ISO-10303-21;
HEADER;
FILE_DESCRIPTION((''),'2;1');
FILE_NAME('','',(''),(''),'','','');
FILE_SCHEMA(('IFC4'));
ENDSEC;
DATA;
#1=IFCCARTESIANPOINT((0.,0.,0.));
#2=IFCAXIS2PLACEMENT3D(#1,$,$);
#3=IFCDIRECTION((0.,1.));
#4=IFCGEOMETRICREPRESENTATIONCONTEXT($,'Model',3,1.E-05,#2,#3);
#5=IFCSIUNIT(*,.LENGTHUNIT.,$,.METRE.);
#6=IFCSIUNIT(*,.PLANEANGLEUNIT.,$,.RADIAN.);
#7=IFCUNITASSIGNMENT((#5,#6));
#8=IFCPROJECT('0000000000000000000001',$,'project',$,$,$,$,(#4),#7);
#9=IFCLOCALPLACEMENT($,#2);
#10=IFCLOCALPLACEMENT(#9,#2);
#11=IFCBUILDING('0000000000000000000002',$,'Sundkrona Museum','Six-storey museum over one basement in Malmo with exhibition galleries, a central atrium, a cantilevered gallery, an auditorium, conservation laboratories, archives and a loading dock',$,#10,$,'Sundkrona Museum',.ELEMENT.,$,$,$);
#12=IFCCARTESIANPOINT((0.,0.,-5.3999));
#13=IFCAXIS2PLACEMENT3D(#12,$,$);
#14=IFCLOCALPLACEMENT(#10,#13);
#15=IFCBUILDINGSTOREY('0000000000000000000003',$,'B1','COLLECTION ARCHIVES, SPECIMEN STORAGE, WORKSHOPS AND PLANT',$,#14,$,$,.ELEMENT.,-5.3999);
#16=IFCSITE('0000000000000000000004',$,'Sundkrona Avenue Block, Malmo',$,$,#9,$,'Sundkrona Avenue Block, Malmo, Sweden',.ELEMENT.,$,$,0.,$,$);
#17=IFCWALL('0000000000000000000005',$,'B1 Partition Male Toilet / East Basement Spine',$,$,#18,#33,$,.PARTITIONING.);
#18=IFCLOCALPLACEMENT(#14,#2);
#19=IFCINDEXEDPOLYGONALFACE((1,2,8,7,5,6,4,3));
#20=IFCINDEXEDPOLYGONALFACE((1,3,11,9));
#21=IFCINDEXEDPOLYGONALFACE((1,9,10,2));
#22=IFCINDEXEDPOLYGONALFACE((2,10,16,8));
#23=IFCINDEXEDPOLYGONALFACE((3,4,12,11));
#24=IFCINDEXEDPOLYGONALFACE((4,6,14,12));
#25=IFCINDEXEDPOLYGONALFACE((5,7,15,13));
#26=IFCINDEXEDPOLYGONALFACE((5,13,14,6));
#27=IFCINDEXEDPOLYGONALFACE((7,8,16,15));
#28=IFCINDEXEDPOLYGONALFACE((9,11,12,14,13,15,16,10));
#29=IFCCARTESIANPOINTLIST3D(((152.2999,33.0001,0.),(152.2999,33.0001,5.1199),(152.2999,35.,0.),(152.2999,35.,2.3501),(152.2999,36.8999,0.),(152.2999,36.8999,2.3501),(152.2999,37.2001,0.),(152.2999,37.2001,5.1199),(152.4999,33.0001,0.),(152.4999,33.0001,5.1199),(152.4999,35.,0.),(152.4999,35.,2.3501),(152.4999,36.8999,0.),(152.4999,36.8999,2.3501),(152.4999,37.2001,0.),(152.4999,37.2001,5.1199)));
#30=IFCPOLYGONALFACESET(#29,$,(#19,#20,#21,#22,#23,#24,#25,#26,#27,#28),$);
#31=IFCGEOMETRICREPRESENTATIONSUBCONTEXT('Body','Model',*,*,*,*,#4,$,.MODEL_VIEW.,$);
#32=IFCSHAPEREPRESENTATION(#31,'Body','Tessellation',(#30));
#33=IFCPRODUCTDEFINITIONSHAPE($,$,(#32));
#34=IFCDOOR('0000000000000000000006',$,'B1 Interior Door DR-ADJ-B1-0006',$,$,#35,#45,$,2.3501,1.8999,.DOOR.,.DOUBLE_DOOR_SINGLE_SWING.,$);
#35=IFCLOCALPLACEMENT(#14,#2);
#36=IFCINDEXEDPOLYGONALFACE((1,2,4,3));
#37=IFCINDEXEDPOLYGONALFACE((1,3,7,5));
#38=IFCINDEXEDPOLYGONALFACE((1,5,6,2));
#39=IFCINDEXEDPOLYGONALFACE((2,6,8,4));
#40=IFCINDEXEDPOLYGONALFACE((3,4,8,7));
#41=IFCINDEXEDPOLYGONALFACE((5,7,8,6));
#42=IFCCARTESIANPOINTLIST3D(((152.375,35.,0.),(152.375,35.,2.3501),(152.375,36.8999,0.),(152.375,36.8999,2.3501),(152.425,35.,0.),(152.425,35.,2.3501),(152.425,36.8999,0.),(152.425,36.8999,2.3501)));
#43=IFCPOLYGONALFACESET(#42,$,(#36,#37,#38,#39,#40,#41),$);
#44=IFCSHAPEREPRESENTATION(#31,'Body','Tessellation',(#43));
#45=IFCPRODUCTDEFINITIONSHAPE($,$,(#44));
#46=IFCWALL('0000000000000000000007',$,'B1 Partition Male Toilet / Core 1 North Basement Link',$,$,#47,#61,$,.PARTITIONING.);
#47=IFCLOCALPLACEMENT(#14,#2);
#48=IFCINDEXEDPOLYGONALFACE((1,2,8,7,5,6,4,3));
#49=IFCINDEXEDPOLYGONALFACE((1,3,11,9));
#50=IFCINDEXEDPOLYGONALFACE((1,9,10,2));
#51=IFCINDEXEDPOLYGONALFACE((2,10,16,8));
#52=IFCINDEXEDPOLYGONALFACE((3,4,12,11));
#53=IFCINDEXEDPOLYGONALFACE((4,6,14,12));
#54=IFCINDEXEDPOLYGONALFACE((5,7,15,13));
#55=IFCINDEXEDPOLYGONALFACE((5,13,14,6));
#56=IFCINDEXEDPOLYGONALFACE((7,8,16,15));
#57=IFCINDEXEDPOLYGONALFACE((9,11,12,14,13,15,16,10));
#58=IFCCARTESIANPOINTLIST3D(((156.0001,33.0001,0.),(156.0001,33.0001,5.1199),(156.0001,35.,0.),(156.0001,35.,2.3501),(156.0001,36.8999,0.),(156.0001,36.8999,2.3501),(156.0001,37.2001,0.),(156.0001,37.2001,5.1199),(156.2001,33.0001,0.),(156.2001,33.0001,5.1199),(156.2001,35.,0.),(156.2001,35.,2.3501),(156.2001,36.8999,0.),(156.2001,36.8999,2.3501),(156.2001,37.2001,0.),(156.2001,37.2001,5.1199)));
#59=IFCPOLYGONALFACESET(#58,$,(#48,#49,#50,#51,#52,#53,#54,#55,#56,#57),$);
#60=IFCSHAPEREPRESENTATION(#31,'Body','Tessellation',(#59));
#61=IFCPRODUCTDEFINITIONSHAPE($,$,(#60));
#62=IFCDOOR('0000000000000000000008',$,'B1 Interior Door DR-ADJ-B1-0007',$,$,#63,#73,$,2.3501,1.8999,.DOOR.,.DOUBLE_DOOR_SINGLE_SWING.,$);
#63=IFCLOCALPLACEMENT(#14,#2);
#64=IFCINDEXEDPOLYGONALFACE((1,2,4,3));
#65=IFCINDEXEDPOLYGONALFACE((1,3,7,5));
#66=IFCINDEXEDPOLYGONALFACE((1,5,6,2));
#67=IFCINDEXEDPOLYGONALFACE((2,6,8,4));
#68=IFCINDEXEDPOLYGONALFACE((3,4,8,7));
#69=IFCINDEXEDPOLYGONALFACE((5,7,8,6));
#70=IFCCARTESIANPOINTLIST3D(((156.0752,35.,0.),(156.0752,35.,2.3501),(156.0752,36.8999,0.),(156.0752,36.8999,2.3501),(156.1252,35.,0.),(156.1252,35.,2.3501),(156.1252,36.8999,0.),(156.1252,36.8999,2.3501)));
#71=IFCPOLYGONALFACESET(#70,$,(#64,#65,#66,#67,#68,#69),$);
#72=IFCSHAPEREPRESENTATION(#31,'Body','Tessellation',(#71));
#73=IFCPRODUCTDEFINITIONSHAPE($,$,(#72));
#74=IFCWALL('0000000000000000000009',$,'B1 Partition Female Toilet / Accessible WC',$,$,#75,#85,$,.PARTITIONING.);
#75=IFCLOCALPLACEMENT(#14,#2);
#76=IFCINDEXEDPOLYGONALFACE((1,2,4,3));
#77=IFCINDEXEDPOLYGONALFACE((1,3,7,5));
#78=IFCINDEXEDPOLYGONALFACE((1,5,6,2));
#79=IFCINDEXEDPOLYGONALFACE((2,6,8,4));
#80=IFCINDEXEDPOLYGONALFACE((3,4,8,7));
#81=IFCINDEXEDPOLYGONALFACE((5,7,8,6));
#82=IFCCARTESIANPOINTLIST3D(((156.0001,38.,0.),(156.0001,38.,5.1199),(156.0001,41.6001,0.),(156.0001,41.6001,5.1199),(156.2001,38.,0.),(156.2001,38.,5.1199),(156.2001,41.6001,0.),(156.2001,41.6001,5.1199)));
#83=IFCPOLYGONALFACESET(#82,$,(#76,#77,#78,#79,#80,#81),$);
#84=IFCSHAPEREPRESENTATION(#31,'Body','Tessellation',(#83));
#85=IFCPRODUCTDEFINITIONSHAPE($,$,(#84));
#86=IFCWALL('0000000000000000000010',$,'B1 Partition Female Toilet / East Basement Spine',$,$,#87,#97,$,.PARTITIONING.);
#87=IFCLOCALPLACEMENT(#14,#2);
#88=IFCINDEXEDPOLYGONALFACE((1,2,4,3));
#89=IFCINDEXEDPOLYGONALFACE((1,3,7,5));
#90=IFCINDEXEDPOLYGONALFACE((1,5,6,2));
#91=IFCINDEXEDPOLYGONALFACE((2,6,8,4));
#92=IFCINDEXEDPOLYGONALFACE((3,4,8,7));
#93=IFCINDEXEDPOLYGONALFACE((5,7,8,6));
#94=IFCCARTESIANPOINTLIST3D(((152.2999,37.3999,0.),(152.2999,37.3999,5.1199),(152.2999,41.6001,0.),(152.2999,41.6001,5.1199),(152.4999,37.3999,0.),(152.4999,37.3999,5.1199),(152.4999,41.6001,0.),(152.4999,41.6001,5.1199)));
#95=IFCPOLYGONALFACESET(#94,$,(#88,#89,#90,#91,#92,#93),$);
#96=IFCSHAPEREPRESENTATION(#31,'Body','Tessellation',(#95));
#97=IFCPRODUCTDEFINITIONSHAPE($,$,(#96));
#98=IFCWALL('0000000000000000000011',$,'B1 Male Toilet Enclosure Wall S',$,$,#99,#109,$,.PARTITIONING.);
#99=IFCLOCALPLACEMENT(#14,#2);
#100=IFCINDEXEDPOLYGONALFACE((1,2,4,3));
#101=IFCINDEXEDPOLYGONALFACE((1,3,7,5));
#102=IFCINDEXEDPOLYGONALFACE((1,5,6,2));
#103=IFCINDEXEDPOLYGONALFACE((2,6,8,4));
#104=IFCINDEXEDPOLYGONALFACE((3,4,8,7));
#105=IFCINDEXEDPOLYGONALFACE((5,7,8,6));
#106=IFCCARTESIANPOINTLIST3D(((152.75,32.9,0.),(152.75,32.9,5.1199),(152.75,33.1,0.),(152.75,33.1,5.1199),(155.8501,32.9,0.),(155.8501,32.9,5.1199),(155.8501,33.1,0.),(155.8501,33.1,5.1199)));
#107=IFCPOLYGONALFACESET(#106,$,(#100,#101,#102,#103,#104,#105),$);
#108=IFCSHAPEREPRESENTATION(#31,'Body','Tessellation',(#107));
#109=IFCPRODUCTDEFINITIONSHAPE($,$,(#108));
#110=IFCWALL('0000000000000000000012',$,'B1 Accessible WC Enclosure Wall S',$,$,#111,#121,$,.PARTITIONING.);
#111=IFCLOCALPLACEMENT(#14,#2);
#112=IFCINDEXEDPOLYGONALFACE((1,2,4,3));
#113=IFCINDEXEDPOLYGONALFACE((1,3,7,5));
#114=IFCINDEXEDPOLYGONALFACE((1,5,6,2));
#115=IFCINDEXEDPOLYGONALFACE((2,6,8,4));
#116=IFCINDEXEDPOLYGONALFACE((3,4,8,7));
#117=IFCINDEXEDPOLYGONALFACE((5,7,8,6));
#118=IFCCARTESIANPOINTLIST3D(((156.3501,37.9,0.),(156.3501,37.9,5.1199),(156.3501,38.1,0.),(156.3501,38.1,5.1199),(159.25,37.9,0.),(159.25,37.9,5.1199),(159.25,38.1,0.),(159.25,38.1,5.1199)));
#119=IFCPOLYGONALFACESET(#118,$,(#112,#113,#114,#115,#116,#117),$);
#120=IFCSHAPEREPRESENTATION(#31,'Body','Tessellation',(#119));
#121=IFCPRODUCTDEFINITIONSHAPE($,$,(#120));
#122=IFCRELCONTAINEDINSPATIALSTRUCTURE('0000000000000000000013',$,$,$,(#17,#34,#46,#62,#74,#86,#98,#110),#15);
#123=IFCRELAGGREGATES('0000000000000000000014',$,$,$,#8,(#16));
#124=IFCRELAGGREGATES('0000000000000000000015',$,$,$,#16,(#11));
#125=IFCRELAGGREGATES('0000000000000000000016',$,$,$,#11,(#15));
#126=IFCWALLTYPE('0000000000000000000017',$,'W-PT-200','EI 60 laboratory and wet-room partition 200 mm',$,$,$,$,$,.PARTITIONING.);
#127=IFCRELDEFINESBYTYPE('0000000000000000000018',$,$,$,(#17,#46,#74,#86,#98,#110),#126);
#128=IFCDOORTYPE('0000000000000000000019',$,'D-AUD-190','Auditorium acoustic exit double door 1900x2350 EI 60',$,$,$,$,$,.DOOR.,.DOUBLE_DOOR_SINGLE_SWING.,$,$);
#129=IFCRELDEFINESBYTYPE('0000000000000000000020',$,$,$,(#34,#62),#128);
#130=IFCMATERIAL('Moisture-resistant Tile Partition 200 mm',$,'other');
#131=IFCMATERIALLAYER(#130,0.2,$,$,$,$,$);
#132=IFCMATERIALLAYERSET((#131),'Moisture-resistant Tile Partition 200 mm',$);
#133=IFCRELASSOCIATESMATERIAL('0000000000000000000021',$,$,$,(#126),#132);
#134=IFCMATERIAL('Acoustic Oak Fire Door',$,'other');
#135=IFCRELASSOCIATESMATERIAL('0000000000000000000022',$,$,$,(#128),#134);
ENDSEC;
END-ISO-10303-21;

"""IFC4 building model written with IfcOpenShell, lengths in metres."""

from ifc_helpers import new_model, si_unit, direction, frame, frame_2d, origin, place, context, subcontext, project, spatial, rectangle, extrude, material, layer, layer_set, type_object, element, fill, save


model = new_model("IFC4")

# Units and contexts
model_context = context("Model", 3, precision=1e-05, world=origin(), true_north=direction((0.0, 1.0)))
body_context = subcontext(model_context, "Body", "Model", "MODEL_VIEW")
ifc_project = project(units=[si_unit("LENGTHUNIT", "METRE"), si_unit("PLANEANGLEUNIT", "RADIAN")], contexts=[model_context])

# Site, building, storey
site_placement = place(None, origin())
site = spatial("IfcSite", under=ifc_project, at=site_placement, Name="Sundkrona Avenue Block, Malmo", LongName="Sundkrona Avenue Block, Malmo, Sweden", CompositionType="ELEMENT", RefElevation=0.0)
building_placement = place(site_placement, origin())
building = spatial("IfcBuilding", under=site, at=building_placement, Name="Sundkrona Museum", Description="Six-storey museum over one basement in Malmo with exhibition galleries, a central atrium, a cantilevered gallery, an auditorium, conservation laboratories, archives and a loading dock", LongName="Sundkrona Museum", CompositionType="ELEMENT")
storey_placement = place(building_placement, frame((0.0, 0.0, -5.3999)))
storey = spatial("IfcBuildingStorey", under=building, at=storey_placement, Name="B1", Description="COLLECTION ARCHIVES, SPECIMEN STORAGE, WORKSHOPS AND PLANT", CompositionType="ELEMENT", Elevation=-5.3999)

# Shared definitions
ifc_material_1 = material(Name="Moisture-resistant Tile Partition 200 mm", Category="other")
ifc_layer_1 = layer(ifc_material_1, 0.2)
ifc_layer_set_1 = layer_set([ifc_layer_1], Name="Moisture-resistant Tile Partition 200 mm")
wall_type_1 = type_object("IfcWallType", Name="W-PT-200", Description="EI 60 laboratory and wet-room partition 200 mm", PredefinedType="PARTITIONING", material=ifc_layer_set_1)

# Walls, openings, doors
wall_1_placement = place(storey_placement, frame((152.3999, 33.0, 0.0), z_axis=(0.0, 0.0, 1.0), x_axis=(0.0, 1.0, 0.0)))
wall_1 = element("IfcWall", 1, at=wall_1_placement, inside=storey, type_object=wall_type_1, Name="B1 Partition Male Toilet / East Basement Spine", PredefinedType="PARTITIONING", context=body_context, shape_type="SweptSolid", body=[
    extrude(rectangle(XDim=4.2, YDim=0.2, at=frame_2d((2.1001, 0.0))), origin(), (0.0, 0.0, 1.0), 5.1199),
])
opening_1_placement = place(wall_1_placement, frame((2.0, 0.0, 0.0)))
opening_1 = element("IfcOpeningElement", 2, at=opening_1_placement, cuts=wall_1, PredefinedType="OPENING", context=body_context, shape_type="SweptSolid", body=[
    extrude(rectangle(XDim=1.8999, YDim=2.3501, at=frame_2d((0.95, 1.175))), frame((0.0, 0.1099, 0.0), z_axis=(0.0, -1.0, 0.0), x_axis=(1.0, 0.0, 0.0)), (0.0, 0.0, 1.0), 0.22),
])
ifc_material_2 = material(Name="Acoustic Oak Fire Door", Category="other")
door_type_1 = type_object("IfcDoorType", Name="D-AUD-190", Description="Auditorium acoustic exit double door 1900x2350 EI 60", OperationType="DOUBLE_DOOR_SINGLE_SWING", PredefinedType="DOOR", material=ifc_material_2)
door_1_placement = place(opening_1_placement, origin())
door_1 = element("IfcDoor", 3, at=door_1_placement, inside=storey, type_object=door_type_1, Name="B1 Interior Door DR-ADJ-B1-0006", OperationType="DOUBLE_DOOR_SINGLE_SWING", OverallHeight=2.3501, OverallWidth=1.8999, PredefinedType="DOOR", context=body_context, shape_type="SweptSolid", body=[
    extrude(rectangle(XDim=1.8999, YDim=2.3501, at=frame_2d((0.95, 1.175))), frame((0.0, 0.0249, 0.0), z_axis=(0.0, -1.0, 0.0), x_axis=(1.0, 0.0, 0.0)), (0.0, 0.0, 1.0), 0.05),
])
fill(opening_1, door_1)
wall_2_placement = place(storey_placement, frame((156.1001, 33.0, 0.0), z_axis=(0.0, 0.0, 1.0), x_axis=(0.0, 1.0, 0.0)))
wall_2 = element("IfcWall", 4, at=wall_2_placement, inside=storey, type_object=wall_type_1, Name="B1 Partition Male Toilet / Core 1 North Basement Link", PredefinedType="PARTITIONING", context=body_context, shape_type="SweptSolid", body=[
    extrude(rectangle(XDim=4.2, YDim=0.2, at=frame_2d((2.1001, 0.0))), origin(), (0.0, 0.0, 1.0), 5.1199),
])
opening_2_placement = place(wall_2_placement, frame((2.0, 0.0, 0.0)))
opening_2 = element("IfcOpeningElement", 5, at=opening_2_placement, cuts=wall_2, PredefinedType="OPENING", context=body_context, shape_type="SweptSolid", body=[
    extrude(rectangle(XDim=1.8999, YDim=2.3501, at=frame_2d((0.95, 1.175))), frame((0.0, 0.1099, 0.0), z_axis=(0.0, -1.0, 0.0), x_axis=(1.0, 0.0, 0.0)), (0.0, 0.0, 1.0), 0.22),
])
door_2_placement = place(opening_2_placement, origin())
door_2 = element("IfcDoor", 6, at=door_2_placement, inside=storey, type_object=door_type_1, Name="B1 Interior Door DR-ADJ-B1-0007", OperationType="DOUBLE_DOOR_SINGLE_SWING", OverallHeight=2.3501, OverallWidth=1.8999, PredefinedType="DOOR", context=body_context, shape_type="SweptSolid", body=[
    extrude(rectangle(XDim=1.8999, YDim=2.3501, at=frame_2d((0.95, 1.175))), frame((0.0, 0.0249, 0.0), z_axis=(0.0, -1.0, 0.0), x_axis=(1.0, 0.0, 0.0)), (0.0, 0.0, 1.0), 0.05),
])
fill(opening_2, door_2)

# Walls
wall_3_placement = place(storey_placement, frame((156.1001, 38.0, 0.0), z_axis=(0.0, 0.0, 1.0), x_axis=(0.0, 1.0, 0.0)))
element("IfcWall", 7, at=wall_3_placement, inside=storey, type_object=wall_type_1, Name="B1 Partition Female Toilet / Accessible WC", PredefinedType="PARTITIONING", context=body_context, shape_type="SweptSolid", body=[
    extrude(rectangle(XDim=3.6001, YDim=0.2, at=frame_2d((1.8, 0.0))), origin(), (0.0, 0.0, 1.0), 5.1199),
])
wall_4_placement = place(storey_placement, frame((152.3999, 37.3999, 0.0), z_axis=(0.0, 0.0, 1.0), x_axis=(0.0, 1.0, 0.0)))
element("IfcWall", 8, at=wall_4_placement, inside=storey, type_object=wall_type_1, Name="B1 Partition Female Toilet / East Basement Spine", PredefinedType="PARTITIONING", context=body_context, shape_type="SweptSolid", body=[
    extrude(rectangle(XDim=4.2002, YDim=0.2, at=frame_2d((2.1001, 0.0))), origin(), (0.0, 0.0, 1.0), 5.1199),
])
wall_5_placement = place(storey_placement, frame((152.75, 33.0, 0.0), z_axis=(0.0, 0.0, 1.0), x_axis=(1.0, 0.0, 0.0)))
element("IfcWall", 9, at=wall_5_placement, inside=storey, type_object=wall_type_1, Name="B1 Male Toilet Enclosure Wall S", PredefinedType="PARTITIONING", context=body_context, shape_type="SweptSolid", body=[
    extrude(rectangle(XDim=3.1001, YDim=0.2, at=frame_2d((1.55, 0.0))), origin(), (0.0, 0.0, 1.0), 5.1199),
])
wall_6_placement = place(storey_placement, frame((156.3501, 38.0, 0.0), z_axis=(0.0, 0.0, 1.0), x_axis=(1.0, 0.0, 0.0)))
element("IfcWall", 10, at=wall_6_placement, inside=storey, type_object=wall_type_1, Name="B1 Accessible WC Enclosure Wall S", PredefinedType="PARTITIONING", context=body_context, shape_type="SweptSolid", body=[
    extrude(rectangle(XDim=2.8999, YDim=0.2, at=frame_2d((1.45, 0.0))), origin(), (0.0, 0.0, 1.0), 5.1199),
])

save(model, "model.ifc")
